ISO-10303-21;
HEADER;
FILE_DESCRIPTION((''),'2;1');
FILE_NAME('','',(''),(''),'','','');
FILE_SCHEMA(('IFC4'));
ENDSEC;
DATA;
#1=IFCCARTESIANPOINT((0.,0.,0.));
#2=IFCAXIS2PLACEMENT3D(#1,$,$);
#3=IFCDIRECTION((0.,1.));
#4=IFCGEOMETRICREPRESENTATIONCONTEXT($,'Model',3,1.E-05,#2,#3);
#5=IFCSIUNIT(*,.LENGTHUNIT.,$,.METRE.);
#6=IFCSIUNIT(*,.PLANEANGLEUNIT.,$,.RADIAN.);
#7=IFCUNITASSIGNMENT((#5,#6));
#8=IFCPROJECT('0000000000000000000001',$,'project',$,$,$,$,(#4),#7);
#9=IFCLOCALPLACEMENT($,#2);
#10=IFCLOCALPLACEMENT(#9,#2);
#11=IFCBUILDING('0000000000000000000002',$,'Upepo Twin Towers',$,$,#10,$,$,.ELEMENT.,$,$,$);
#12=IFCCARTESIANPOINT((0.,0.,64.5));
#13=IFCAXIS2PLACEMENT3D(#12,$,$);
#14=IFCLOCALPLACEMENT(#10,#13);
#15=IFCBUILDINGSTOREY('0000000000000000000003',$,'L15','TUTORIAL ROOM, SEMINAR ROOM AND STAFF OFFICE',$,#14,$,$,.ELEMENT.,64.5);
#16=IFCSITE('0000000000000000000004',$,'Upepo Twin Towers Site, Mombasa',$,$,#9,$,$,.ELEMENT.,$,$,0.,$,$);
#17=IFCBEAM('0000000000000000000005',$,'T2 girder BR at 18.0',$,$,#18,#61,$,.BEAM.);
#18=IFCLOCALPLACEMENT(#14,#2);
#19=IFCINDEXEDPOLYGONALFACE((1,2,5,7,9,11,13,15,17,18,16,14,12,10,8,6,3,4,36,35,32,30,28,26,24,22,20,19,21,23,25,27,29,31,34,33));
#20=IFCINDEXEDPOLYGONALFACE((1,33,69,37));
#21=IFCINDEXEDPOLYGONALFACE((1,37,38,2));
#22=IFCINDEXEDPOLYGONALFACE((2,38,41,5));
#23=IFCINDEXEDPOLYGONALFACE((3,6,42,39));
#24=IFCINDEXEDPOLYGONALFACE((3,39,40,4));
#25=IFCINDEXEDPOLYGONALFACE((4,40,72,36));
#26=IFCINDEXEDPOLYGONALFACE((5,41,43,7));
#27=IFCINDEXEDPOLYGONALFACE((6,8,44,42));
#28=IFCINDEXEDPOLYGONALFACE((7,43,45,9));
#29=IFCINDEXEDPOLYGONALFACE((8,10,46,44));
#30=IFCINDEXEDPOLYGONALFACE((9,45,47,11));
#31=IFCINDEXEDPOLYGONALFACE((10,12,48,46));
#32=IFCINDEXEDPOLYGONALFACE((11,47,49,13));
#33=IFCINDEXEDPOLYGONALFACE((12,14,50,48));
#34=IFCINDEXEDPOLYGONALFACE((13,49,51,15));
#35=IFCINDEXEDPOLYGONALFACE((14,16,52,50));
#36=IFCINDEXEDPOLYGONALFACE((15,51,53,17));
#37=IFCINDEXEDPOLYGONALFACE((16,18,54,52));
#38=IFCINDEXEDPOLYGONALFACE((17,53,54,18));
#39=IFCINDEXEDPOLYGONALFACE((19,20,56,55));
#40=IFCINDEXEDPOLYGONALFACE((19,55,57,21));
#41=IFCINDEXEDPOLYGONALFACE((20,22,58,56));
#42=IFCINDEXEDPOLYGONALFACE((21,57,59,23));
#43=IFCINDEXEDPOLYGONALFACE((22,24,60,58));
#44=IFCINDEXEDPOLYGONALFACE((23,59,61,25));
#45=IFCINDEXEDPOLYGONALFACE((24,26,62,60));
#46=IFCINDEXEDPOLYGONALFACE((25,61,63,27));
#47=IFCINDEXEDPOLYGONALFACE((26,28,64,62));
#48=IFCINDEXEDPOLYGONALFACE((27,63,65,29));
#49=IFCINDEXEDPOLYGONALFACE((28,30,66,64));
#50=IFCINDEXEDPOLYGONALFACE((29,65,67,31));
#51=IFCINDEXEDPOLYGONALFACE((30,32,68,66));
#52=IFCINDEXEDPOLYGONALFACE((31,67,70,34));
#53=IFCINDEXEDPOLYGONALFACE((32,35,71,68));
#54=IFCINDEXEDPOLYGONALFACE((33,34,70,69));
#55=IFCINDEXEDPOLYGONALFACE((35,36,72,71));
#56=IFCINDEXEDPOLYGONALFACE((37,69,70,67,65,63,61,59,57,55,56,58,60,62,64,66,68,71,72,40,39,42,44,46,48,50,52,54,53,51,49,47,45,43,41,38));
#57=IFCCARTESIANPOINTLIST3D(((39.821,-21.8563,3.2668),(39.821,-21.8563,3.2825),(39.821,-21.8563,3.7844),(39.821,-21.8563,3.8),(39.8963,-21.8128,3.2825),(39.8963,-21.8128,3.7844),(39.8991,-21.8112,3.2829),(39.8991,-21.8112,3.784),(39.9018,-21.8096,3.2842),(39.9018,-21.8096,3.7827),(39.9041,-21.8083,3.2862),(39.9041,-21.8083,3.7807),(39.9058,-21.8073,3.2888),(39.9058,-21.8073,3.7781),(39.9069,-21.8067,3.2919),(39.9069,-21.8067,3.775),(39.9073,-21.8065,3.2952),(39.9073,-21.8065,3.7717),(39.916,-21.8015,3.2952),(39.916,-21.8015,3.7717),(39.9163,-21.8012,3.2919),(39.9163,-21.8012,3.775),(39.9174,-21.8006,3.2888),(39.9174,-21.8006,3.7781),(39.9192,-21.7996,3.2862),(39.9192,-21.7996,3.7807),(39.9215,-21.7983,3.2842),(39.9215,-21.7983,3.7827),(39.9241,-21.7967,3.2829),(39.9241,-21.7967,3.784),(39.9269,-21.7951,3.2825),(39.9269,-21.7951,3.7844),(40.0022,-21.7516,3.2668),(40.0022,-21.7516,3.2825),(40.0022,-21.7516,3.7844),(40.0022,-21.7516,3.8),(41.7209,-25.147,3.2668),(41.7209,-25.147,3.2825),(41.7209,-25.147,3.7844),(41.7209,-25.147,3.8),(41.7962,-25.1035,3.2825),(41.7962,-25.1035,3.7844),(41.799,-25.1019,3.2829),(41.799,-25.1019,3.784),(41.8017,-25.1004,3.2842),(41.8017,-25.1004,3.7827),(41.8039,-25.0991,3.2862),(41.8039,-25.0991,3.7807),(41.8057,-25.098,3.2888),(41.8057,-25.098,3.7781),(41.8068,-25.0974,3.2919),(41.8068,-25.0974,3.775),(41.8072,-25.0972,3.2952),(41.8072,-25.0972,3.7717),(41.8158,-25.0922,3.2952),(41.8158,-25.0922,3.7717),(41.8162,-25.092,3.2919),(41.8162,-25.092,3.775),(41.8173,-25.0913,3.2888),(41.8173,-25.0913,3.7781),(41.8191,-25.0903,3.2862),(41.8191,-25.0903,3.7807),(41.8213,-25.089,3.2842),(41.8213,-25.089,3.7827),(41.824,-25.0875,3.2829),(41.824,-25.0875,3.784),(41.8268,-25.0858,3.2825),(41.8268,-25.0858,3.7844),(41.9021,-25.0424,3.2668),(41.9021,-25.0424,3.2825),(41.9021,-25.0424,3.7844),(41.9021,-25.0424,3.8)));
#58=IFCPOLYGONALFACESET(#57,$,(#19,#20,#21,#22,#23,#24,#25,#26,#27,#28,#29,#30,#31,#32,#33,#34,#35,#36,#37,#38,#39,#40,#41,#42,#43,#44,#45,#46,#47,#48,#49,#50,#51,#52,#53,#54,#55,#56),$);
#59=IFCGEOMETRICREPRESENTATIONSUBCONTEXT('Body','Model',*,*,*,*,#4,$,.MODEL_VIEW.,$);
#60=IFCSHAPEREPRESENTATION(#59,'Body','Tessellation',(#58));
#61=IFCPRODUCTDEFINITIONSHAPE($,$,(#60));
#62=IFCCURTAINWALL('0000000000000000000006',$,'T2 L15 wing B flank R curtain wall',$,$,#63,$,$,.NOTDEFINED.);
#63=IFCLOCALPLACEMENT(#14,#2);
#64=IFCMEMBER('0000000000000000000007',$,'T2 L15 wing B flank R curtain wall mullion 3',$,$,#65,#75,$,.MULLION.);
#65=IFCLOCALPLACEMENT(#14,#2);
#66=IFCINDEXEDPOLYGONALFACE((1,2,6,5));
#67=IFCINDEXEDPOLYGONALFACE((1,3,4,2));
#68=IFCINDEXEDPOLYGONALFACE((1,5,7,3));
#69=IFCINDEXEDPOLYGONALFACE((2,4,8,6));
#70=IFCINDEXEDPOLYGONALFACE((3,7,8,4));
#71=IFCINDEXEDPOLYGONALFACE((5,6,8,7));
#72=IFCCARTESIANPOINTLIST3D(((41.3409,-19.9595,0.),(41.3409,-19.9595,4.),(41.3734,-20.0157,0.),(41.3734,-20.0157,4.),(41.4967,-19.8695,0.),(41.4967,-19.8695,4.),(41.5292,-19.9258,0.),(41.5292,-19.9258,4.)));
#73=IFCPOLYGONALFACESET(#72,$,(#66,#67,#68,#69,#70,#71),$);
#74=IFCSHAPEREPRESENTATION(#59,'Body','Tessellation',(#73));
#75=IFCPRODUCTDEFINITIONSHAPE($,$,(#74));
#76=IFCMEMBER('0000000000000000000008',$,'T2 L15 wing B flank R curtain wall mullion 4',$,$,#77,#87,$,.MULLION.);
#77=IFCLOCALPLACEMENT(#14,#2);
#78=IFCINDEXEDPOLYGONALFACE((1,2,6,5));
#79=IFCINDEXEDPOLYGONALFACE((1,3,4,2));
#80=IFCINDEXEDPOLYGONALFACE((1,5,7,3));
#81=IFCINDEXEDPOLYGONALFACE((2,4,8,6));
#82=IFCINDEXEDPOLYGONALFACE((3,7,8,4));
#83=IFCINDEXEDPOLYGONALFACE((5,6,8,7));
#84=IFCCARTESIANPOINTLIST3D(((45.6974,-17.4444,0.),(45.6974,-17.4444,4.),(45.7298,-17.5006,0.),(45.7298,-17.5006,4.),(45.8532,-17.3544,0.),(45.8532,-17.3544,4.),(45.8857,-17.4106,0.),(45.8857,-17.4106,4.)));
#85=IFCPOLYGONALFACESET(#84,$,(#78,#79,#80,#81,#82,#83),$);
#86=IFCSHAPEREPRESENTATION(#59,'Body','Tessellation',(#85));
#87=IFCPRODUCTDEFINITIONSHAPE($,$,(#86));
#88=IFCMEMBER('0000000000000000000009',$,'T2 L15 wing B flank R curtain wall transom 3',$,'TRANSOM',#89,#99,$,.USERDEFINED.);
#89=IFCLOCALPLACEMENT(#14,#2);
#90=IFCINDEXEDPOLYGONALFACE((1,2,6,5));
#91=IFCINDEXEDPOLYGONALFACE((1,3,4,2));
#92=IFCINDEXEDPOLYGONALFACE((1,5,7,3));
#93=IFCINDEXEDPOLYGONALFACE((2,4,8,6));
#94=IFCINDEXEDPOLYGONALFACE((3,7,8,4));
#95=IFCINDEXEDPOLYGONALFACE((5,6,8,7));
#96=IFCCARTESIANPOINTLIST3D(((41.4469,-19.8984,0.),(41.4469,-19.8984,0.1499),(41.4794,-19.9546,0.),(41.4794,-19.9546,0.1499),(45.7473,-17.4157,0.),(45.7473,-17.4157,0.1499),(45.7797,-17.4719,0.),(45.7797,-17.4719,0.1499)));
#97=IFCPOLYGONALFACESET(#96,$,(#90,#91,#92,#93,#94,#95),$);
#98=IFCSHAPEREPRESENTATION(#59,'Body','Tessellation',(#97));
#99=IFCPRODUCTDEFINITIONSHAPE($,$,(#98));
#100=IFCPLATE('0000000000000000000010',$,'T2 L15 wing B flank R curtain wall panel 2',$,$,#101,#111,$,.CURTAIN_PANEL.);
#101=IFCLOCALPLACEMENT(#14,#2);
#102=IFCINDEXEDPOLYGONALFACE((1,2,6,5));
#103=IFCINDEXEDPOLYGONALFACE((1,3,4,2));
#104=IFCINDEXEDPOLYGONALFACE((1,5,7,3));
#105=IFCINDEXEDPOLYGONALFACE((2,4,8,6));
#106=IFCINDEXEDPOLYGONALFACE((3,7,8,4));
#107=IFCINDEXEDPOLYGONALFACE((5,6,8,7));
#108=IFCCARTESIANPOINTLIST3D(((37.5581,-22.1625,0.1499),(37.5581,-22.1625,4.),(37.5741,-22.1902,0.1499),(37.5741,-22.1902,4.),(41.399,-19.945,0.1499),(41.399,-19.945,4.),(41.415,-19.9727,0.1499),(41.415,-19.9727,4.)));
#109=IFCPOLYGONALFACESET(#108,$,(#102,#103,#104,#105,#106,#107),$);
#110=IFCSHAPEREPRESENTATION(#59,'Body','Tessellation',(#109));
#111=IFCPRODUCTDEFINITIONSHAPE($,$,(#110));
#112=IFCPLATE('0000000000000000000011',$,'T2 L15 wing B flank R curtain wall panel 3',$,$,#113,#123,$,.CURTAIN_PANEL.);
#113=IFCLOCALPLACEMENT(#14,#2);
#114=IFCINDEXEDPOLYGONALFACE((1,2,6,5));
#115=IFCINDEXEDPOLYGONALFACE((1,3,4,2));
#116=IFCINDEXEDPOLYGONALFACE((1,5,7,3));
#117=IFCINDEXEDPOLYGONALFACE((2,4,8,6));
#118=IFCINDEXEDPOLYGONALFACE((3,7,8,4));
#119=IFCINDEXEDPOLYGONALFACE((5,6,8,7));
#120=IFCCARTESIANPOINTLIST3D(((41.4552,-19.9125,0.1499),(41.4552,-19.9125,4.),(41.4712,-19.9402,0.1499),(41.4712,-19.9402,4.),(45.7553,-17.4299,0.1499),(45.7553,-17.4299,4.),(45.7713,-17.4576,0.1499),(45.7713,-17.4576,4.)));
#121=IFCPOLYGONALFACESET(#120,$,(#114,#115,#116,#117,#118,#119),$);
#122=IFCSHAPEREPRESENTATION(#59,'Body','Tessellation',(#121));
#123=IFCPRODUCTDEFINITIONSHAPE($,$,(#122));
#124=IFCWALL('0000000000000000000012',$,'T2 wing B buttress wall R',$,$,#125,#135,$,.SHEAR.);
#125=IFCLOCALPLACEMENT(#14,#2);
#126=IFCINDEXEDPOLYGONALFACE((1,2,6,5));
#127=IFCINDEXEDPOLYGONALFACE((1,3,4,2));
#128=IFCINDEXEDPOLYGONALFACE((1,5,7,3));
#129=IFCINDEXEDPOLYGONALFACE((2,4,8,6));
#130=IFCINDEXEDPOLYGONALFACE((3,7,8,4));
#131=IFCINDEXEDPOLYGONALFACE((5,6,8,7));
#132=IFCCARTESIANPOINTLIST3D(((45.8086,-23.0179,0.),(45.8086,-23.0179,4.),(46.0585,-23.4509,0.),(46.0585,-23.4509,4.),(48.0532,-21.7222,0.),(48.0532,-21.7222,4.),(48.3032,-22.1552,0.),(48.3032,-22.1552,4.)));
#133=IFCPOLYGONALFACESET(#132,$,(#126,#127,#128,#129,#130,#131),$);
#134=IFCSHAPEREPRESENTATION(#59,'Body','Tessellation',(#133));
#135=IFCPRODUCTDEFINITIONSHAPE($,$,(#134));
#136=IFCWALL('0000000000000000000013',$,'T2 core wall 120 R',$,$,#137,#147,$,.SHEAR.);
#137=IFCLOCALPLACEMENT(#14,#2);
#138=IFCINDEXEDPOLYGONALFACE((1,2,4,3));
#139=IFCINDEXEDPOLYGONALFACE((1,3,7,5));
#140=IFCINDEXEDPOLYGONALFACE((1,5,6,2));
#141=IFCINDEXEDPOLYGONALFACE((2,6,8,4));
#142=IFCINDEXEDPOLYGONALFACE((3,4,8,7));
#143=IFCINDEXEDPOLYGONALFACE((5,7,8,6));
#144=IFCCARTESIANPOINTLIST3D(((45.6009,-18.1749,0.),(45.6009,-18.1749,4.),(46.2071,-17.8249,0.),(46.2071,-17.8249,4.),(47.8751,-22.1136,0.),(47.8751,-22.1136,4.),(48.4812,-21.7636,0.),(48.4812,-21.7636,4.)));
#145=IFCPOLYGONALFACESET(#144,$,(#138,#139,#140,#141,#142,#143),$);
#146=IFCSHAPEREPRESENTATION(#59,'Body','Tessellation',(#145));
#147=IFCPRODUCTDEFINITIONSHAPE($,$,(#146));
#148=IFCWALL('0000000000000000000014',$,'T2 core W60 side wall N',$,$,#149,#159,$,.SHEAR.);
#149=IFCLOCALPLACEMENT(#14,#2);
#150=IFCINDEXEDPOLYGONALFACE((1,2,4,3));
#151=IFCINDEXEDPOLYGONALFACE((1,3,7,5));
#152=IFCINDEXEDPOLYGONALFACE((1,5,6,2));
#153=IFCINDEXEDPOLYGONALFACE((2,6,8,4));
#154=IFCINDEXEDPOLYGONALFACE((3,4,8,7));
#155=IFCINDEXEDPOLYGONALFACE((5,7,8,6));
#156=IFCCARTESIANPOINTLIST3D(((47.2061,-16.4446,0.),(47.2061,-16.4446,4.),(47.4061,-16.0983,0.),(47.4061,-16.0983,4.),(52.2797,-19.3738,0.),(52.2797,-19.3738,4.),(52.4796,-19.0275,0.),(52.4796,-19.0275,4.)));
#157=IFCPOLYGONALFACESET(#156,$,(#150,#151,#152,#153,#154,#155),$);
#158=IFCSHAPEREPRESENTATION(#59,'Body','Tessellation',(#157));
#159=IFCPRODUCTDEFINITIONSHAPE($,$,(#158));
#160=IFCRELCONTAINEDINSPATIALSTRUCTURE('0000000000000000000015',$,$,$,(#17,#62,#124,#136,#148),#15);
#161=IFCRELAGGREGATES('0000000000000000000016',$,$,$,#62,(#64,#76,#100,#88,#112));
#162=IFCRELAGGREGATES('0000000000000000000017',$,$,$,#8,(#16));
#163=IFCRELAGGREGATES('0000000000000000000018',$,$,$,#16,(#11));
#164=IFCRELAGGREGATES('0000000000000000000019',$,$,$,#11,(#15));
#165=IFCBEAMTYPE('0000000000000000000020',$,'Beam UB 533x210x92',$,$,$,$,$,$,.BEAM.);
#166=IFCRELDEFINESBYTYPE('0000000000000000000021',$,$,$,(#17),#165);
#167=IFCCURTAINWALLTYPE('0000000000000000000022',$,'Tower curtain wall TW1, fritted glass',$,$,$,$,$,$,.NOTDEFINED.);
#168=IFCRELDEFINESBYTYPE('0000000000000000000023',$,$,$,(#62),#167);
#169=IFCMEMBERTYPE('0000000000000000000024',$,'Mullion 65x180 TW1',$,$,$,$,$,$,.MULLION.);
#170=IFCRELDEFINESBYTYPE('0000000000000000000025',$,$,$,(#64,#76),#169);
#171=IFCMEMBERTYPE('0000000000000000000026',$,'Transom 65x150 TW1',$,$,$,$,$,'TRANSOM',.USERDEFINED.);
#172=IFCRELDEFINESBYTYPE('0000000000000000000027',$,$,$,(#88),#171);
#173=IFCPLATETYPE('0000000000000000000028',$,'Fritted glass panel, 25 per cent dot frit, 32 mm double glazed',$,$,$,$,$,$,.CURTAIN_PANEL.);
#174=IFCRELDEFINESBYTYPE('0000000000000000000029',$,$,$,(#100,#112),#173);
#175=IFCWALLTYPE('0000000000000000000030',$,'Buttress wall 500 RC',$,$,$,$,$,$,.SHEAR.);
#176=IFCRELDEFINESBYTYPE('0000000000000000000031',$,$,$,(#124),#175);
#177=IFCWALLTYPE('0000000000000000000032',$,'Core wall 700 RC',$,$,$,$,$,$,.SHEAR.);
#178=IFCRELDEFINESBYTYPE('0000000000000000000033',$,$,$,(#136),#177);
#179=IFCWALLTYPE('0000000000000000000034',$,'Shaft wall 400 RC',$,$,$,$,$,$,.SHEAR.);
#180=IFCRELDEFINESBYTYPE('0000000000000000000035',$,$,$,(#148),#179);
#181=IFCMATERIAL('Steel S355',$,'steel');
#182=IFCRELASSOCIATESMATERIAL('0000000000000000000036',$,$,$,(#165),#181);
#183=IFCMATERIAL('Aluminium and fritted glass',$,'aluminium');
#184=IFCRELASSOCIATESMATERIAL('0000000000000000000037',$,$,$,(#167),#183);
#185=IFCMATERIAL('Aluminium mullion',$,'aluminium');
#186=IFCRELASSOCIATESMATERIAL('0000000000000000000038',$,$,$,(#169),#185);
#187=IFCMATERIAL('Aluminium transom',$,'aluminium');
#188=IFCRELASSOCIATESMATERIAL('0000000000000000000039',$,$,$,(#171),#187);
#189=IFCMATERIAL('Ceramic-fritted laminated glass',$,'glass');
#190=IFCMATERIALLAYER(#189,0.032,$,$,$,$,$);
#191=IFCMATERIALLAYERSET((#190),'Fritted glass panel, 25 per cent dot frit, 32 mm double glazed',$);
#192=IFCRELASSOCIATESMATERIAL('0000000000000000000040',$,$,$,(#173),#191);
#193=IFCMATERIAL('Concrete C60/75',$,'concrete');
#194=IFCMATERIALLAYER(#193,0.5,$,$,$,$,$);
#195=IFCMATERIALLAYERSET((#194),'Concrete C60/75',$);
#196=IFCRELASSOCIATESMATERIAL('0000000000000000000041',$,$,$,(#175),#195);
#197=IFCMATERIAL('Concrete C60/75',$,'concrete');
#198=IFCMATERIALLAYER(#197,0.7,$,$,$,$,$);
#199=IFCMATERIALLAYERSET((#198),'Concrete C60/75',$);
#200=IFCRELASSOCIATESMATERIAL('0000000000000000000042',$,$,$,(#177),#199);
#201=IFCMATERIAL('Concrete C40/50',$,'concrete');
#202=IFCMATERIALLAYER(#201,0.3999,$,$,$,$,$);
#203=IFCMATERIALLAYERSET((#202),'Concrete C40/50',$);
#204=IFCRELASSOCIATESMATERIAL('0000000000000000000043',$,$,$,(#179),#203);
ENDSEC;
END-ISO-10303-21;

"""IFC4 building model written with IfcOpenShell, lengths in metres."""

from ifc_helpers import new_model, si_unit, direction, frame, frame_2d, origin, origin_2d, place, context, subcontext, project, spatial, rectangle, i_section, extrude, material, layer, layer_set, material_profile, profile_set, type_object, element, aggregate, save


model = new_model("IFC4")

# Units and contexts
model_context = context("Model", 3, precision=1e-05, world=origin(), true_north=direction((0.0, 1.0)))
body_context = subcontext(model_context, "Body", "Model", "MODEL_VIEW")
ifc_project = project(units=[si_unit("LENGTHUNIT", "METRE"), si_unit("PLANEANGLEUNIT", "RADIAN")], contexts=[model_context])

# Site, building, storey
site_placement = place(None, origin())
site = spatial("IfcSite", under=ifc_project, at=site_placement, Name="Upepo Twin Towers Site, Mombasa", CompositionType="ELEMENT", RefElevation=0.0)
building_placement = place(site_placement, origin())
building = spatial("IfcBuilding", under=site, at=building_placement, Name="Upepo Twin Towers", CompositionType="ELEMENT")
storey_placement = place(building_placement, frame((0.0, 0.0, 64.5)))
storey = spatial("IfcBuildingStorey", under=building, at=storey_placement, Name="L15", Description="TUTORIAL ROOM, SEMINAR ROOM AND STAFF OFFICE", CompositionType="ELEMENT", Elevation=64.5)

# Beam
ifc_material_1 = material(Name="Steel S355", Category="steel")
ifc_material_profile_1 = material_profile(ifc_material_1, i_section(OverallWidth=0.2092, OverallDepth=0.5332, WebThickness=0.01, FlangeThickness=0.0156, FilletRadius=0.0127, at=origin_2d()), Name="UB 533x210x92")
ifc_profile_set_1 = profile_set([ifc_material_profile_1], Name="Steel S355")
beam_type_1 = type_object("IfcBeamType", Name="Beam UB 533x210x92", PredefinedType="BEAM", material=ifc_profile_set_1)
beam_1_placement = place(storey_placement, frame((39.9116, -21.804, 3.5334), z_axis=(0.499995, -0.866028, 0.0), x_axis=(0.866028, 0.499995, 0.0)))
element("IfcBeam", 1, at=beam_1_placement, inside=storey, type_object=beam_type_1, Name="T2 girder BR at 18.0", PredefinedType="BEAM", context=body_context, shape_type="SweptSolid", body=[
    extrude(i_section(OverallWidth=0.2092, OverallDepth=0.5332, WebThickness=0.01, FlangeThickness=0.0156, FilletRadius=0.0127, at=origin_2d()), origin(), (0.0, 0.0, 1.0), 3.7998),
])

# Curtain wall, members, plates
ifc_material_2 = material(Name="Aluminium and fritted glass", Category="aluminium")
curtain_wall_type = type_object("IfcCurtainWallType", Name="Tower curtain wall TW1, fritted glass", PredefinedType="NOTDEFINED", material=ifc_material_2)
curtain_wall_placement = place(storey_placement, origin())
curtain_wall = element("IfcCurtainWall", 2, at=curtain_wall_placement, inside=storey, type_object=curtain_wall_type, Name="T2 L15 wing B flank R curtain wall", PredefinedType="NOTDEFINED")
ifc_material_3 = material(Name="Aluminium mullion", Category="aluminium")
ifc_material_profile_2 = material_profile(ifc_material_3, rectangle(XDim=0.0649, YDim=0.1799, at=origin_2d()), Name="MULLION 65x180")
ifc_profile_set_2 = profile_set([ifc_material_profile_2], Name="Aluminium mullion")
member_type_1 = type_object("IfcMemberType", Name="Mullion 65x180 TW1", PredefinedType="MULLION", material=ifc_profile_set_2)
member_1_placement = place(storey_placement, frame((41.4351, -19.9426, 0.0), z_axis=(0.0, 0.0, 1.0), x_axis=(-0.5, 0.866025, 0.0)))
member_1 = element("IfcMember", 3, at=member_1_placement, type_object=member_type_1, Name="T2 L15 wing B flank R curtain wall mullion 3", PredefinedType="MULLION", context=body_context, shape_type="SweptSolid", body=[
    extrude(rectangle(XDim=0.0649, YDim=0.1799, at=origin_2d()), origin(), (0.0, 0.0, 1.0), 4.0),
])
member_2_placement = place(storey_placement, frame((45.7915, -17.4275, 0.0), z_axis=(0.0, 0.0, 1.0), x_axis=(-0.5, 0.866025, 0.0)))
member_2 = element("IfcMember", 4, at=member_2_placement, type_object=member_type_1, Name="T2 L15 wing B flank R curtain wall mullion 4", PredefinedType="MULLION", context=body_context, shape_type="SweptSolid", body=[
    extrude(rectangle(XDim=0.0649, YDim=0.1799, at=origin_2d()), origin(), (0.0, 0.0, 1.0), 4.0),
])
ifc_material_4 = material(Name="Aluminium transom", Category="aluminium")
ifc_material_profile_3 = material_profile(ifc_material_4, rectangle(XDim=0.0649, YDim=0.1499, at=origin_2d()), Name="TRANSOM 65x150")
ifc_profile_set_3 = profile_set([ifc_material_profile_3], Name="Aluminium transom")
member_type_2 = type_object("IfcMemberType", Name="Transom 65x150 TW1", ElementType="TRANSOM", PredefinedType="USERDEFINED", material=ifc_profile_set_3)
member_3_placement = place(storey_placement, frame((41.4631, -19.9265, 0.075), z_axis=(0.866035, 0.499983, 0.0), x_axis=(-0.499983, 0.866035, 0.0)))
member_3 = element("IfcMember", 5, at=member_3_placement, type_object=member_type_2, Name="T2 L15 wing B flank R curtain wall transom 3", ObjectType="TRANSOM", PredefinedType="USERDEFINED", context=body_context, shape_type="SweptSolid", body=[
    extrude(rectangle(XDim=0.0649, YDim=0.1499, at=origin_2d()), origin(), (0.0, 0.0, 1.0), 4.9656),
])
ifc_material_5 = material(Name="Ceramic-fritted laminated glass", Category="glass")
ifc_layer_1 = layer(ifc_material_5, 0.032)
ifc_layer_set_1 = layer_set([ifc_layer_1], Name="Fritted glass panel, 25 per cent dot frit, 32 mm double glazed")
plate_type = type_object("IfcPlateType", Name="Fritted glass panel, 25 per cent dot frit, 32 mm double glazed", PredefinedType="CURTAIN_PANEL", material=ifc_layer_set_1)
plate_1_placement = place(storey_placement, frame((39.4866, -21.0676, 0.1499), z_axis=(0.0, 0.0, 1.0), x_axis=(0.866025, 0.5, 0.0)))
plate_1 = element("IfcPlate", 6, at=plate_1_placement, type_object=plate_type, Name="T2 L15 wing B flank R curtain wall panel 2", PredefinedType="CURTAIN_PANEL", context=body_context, shape_type="SweptSolid", body=[
    extrude(rectangle(XDim=4.4351, YDim=0.032, at=origin_2d()), origin(), (0.0, 0.0, 1.0), 3.8501),
])
plate_2_placement = place(storey_placement, frame((43.6133, -18.6851, 0.1499), z_axis=(0.0, 0.0, 1.0), x_axis=(0.866025, 0.5, 0.0)))
plate_2 = element("IfcPlate", 7, at=plate_2_placement, type_object=plate_type, Name="T2 L15 wing B flank R curtain wall panel 3", PredefinedType="CURTAIN_PANEL", context=body_context, shape_type="SweptSolid", body=[
    extrude(rectangle(XDim=4.9653, YDim=0.032, at=origin_2d()), origin(), (0.0, 0.0, 1.0), 3.8501),
])
aggregate(curtain_wall, [member_1, member_2, plate_1, member_3, plate_2])

# Walls
ifc_material_6 = material(Name="Concrete C60/75", Category="concrete")
ifc_layer_2 = layer(ifc_material_6, 0.5)
ifc_layer_set_2 = layer_set([ifc_layer_2], Name="Concrete C60/75")
wall_type_1 = type_object("IfcWallType", Name="Buttress wall 500 RC", PredefinedType="SHEAR", material=ifc_layer_set_2)
wall_1_placement = place(storey_placement, frame((48.1782, -21.9387, 0.0), z_axis=(0.0, 0.0, 1.0), x_axis=(-0.866073, -0.499918, 0.0)))
element("IfcWall", 8, at=wall_1_placement, inside=storey, type_object=wall_type_1, Name="T2 wing B buttress wall R", PredefinedType="SHEAR", context=body_context, shape_type="SweptSolid", body=[
    extrude(rectangle(XDim=2.5918, YDim=0.5, at=frame_2d((1.2959, 0.0))), origin(), (0.0, 0.0, 1.0), 4.0),
])
ifc_material_7 = material(Name="Concrete C60/75", Category="concrete")
ifc_layer_3 = layer(ifc_material_7, 0.7)
ifc_layer_set_3 = layer_set([ifc_layer_3], Name="Concrete C60/75")
wall_type_2 = type_object("IfcWallType", Name="Core wall 700 RC", PredefinedType="SHEAR", material=ifc_layer_set_3)
wall_2_placement = place(storey_placement, frame((45.9041, -18.0, 0.0), z_axis=(0.0, 0.0, 1.0), x_axis=(0.500024, -0.866011, 0.0)))
element("IfcWall", 9, at=wall_2_placement, inside=storey, type_object=wall_type_2, Name="T2 core wall 120 R", PredefinedType="SHEAR", context=body_context, shape_type="SweptSolid", body=[
    extrude(rectangle(XDim=4.5481, YDim=0.7, at=frame_2d((2.2739, 0.0))), origin(), (0.0, 0.0, 1.0), 4.0),
])
ifc_material_8 = material(Name="Concrete C40/50", Category="concrete")
ifc_layer_4 = layer(ifc_material_8, 0.3999)
ifc_layer_set_4 = layer_set([ifc_layer_4], Name="Concrete C40/50")
wall_type_3 = type_object("IfcWallType", Name="Shaft wall 400 RC", PredefinedType="SHEAR", material=ifc_layer_set_4)
wall_3_placement = place(storey_placement, frame((52.3796, -19.2007, 0.0), z_axis=(0.0, 0.0, 1.0), x_axis=(-0.866024, 0.500003, 0.0)))
element("IfcWall", 10, at=wall_3_placement, inside=storey, type_object=wall_type_3, Name="T2 core W60 side wall N", PredefinedType="SHEAR", context=body_context, shape_type="SweptSolid", body=[
    extrude(rectangle(XDim=5.8584, YDim=0.3999, at=frame_2d((2.9292, 0.0))), origin(), (0.0, 0.0, 1.0), 4.0),
])

save(model, "model.ifc")
